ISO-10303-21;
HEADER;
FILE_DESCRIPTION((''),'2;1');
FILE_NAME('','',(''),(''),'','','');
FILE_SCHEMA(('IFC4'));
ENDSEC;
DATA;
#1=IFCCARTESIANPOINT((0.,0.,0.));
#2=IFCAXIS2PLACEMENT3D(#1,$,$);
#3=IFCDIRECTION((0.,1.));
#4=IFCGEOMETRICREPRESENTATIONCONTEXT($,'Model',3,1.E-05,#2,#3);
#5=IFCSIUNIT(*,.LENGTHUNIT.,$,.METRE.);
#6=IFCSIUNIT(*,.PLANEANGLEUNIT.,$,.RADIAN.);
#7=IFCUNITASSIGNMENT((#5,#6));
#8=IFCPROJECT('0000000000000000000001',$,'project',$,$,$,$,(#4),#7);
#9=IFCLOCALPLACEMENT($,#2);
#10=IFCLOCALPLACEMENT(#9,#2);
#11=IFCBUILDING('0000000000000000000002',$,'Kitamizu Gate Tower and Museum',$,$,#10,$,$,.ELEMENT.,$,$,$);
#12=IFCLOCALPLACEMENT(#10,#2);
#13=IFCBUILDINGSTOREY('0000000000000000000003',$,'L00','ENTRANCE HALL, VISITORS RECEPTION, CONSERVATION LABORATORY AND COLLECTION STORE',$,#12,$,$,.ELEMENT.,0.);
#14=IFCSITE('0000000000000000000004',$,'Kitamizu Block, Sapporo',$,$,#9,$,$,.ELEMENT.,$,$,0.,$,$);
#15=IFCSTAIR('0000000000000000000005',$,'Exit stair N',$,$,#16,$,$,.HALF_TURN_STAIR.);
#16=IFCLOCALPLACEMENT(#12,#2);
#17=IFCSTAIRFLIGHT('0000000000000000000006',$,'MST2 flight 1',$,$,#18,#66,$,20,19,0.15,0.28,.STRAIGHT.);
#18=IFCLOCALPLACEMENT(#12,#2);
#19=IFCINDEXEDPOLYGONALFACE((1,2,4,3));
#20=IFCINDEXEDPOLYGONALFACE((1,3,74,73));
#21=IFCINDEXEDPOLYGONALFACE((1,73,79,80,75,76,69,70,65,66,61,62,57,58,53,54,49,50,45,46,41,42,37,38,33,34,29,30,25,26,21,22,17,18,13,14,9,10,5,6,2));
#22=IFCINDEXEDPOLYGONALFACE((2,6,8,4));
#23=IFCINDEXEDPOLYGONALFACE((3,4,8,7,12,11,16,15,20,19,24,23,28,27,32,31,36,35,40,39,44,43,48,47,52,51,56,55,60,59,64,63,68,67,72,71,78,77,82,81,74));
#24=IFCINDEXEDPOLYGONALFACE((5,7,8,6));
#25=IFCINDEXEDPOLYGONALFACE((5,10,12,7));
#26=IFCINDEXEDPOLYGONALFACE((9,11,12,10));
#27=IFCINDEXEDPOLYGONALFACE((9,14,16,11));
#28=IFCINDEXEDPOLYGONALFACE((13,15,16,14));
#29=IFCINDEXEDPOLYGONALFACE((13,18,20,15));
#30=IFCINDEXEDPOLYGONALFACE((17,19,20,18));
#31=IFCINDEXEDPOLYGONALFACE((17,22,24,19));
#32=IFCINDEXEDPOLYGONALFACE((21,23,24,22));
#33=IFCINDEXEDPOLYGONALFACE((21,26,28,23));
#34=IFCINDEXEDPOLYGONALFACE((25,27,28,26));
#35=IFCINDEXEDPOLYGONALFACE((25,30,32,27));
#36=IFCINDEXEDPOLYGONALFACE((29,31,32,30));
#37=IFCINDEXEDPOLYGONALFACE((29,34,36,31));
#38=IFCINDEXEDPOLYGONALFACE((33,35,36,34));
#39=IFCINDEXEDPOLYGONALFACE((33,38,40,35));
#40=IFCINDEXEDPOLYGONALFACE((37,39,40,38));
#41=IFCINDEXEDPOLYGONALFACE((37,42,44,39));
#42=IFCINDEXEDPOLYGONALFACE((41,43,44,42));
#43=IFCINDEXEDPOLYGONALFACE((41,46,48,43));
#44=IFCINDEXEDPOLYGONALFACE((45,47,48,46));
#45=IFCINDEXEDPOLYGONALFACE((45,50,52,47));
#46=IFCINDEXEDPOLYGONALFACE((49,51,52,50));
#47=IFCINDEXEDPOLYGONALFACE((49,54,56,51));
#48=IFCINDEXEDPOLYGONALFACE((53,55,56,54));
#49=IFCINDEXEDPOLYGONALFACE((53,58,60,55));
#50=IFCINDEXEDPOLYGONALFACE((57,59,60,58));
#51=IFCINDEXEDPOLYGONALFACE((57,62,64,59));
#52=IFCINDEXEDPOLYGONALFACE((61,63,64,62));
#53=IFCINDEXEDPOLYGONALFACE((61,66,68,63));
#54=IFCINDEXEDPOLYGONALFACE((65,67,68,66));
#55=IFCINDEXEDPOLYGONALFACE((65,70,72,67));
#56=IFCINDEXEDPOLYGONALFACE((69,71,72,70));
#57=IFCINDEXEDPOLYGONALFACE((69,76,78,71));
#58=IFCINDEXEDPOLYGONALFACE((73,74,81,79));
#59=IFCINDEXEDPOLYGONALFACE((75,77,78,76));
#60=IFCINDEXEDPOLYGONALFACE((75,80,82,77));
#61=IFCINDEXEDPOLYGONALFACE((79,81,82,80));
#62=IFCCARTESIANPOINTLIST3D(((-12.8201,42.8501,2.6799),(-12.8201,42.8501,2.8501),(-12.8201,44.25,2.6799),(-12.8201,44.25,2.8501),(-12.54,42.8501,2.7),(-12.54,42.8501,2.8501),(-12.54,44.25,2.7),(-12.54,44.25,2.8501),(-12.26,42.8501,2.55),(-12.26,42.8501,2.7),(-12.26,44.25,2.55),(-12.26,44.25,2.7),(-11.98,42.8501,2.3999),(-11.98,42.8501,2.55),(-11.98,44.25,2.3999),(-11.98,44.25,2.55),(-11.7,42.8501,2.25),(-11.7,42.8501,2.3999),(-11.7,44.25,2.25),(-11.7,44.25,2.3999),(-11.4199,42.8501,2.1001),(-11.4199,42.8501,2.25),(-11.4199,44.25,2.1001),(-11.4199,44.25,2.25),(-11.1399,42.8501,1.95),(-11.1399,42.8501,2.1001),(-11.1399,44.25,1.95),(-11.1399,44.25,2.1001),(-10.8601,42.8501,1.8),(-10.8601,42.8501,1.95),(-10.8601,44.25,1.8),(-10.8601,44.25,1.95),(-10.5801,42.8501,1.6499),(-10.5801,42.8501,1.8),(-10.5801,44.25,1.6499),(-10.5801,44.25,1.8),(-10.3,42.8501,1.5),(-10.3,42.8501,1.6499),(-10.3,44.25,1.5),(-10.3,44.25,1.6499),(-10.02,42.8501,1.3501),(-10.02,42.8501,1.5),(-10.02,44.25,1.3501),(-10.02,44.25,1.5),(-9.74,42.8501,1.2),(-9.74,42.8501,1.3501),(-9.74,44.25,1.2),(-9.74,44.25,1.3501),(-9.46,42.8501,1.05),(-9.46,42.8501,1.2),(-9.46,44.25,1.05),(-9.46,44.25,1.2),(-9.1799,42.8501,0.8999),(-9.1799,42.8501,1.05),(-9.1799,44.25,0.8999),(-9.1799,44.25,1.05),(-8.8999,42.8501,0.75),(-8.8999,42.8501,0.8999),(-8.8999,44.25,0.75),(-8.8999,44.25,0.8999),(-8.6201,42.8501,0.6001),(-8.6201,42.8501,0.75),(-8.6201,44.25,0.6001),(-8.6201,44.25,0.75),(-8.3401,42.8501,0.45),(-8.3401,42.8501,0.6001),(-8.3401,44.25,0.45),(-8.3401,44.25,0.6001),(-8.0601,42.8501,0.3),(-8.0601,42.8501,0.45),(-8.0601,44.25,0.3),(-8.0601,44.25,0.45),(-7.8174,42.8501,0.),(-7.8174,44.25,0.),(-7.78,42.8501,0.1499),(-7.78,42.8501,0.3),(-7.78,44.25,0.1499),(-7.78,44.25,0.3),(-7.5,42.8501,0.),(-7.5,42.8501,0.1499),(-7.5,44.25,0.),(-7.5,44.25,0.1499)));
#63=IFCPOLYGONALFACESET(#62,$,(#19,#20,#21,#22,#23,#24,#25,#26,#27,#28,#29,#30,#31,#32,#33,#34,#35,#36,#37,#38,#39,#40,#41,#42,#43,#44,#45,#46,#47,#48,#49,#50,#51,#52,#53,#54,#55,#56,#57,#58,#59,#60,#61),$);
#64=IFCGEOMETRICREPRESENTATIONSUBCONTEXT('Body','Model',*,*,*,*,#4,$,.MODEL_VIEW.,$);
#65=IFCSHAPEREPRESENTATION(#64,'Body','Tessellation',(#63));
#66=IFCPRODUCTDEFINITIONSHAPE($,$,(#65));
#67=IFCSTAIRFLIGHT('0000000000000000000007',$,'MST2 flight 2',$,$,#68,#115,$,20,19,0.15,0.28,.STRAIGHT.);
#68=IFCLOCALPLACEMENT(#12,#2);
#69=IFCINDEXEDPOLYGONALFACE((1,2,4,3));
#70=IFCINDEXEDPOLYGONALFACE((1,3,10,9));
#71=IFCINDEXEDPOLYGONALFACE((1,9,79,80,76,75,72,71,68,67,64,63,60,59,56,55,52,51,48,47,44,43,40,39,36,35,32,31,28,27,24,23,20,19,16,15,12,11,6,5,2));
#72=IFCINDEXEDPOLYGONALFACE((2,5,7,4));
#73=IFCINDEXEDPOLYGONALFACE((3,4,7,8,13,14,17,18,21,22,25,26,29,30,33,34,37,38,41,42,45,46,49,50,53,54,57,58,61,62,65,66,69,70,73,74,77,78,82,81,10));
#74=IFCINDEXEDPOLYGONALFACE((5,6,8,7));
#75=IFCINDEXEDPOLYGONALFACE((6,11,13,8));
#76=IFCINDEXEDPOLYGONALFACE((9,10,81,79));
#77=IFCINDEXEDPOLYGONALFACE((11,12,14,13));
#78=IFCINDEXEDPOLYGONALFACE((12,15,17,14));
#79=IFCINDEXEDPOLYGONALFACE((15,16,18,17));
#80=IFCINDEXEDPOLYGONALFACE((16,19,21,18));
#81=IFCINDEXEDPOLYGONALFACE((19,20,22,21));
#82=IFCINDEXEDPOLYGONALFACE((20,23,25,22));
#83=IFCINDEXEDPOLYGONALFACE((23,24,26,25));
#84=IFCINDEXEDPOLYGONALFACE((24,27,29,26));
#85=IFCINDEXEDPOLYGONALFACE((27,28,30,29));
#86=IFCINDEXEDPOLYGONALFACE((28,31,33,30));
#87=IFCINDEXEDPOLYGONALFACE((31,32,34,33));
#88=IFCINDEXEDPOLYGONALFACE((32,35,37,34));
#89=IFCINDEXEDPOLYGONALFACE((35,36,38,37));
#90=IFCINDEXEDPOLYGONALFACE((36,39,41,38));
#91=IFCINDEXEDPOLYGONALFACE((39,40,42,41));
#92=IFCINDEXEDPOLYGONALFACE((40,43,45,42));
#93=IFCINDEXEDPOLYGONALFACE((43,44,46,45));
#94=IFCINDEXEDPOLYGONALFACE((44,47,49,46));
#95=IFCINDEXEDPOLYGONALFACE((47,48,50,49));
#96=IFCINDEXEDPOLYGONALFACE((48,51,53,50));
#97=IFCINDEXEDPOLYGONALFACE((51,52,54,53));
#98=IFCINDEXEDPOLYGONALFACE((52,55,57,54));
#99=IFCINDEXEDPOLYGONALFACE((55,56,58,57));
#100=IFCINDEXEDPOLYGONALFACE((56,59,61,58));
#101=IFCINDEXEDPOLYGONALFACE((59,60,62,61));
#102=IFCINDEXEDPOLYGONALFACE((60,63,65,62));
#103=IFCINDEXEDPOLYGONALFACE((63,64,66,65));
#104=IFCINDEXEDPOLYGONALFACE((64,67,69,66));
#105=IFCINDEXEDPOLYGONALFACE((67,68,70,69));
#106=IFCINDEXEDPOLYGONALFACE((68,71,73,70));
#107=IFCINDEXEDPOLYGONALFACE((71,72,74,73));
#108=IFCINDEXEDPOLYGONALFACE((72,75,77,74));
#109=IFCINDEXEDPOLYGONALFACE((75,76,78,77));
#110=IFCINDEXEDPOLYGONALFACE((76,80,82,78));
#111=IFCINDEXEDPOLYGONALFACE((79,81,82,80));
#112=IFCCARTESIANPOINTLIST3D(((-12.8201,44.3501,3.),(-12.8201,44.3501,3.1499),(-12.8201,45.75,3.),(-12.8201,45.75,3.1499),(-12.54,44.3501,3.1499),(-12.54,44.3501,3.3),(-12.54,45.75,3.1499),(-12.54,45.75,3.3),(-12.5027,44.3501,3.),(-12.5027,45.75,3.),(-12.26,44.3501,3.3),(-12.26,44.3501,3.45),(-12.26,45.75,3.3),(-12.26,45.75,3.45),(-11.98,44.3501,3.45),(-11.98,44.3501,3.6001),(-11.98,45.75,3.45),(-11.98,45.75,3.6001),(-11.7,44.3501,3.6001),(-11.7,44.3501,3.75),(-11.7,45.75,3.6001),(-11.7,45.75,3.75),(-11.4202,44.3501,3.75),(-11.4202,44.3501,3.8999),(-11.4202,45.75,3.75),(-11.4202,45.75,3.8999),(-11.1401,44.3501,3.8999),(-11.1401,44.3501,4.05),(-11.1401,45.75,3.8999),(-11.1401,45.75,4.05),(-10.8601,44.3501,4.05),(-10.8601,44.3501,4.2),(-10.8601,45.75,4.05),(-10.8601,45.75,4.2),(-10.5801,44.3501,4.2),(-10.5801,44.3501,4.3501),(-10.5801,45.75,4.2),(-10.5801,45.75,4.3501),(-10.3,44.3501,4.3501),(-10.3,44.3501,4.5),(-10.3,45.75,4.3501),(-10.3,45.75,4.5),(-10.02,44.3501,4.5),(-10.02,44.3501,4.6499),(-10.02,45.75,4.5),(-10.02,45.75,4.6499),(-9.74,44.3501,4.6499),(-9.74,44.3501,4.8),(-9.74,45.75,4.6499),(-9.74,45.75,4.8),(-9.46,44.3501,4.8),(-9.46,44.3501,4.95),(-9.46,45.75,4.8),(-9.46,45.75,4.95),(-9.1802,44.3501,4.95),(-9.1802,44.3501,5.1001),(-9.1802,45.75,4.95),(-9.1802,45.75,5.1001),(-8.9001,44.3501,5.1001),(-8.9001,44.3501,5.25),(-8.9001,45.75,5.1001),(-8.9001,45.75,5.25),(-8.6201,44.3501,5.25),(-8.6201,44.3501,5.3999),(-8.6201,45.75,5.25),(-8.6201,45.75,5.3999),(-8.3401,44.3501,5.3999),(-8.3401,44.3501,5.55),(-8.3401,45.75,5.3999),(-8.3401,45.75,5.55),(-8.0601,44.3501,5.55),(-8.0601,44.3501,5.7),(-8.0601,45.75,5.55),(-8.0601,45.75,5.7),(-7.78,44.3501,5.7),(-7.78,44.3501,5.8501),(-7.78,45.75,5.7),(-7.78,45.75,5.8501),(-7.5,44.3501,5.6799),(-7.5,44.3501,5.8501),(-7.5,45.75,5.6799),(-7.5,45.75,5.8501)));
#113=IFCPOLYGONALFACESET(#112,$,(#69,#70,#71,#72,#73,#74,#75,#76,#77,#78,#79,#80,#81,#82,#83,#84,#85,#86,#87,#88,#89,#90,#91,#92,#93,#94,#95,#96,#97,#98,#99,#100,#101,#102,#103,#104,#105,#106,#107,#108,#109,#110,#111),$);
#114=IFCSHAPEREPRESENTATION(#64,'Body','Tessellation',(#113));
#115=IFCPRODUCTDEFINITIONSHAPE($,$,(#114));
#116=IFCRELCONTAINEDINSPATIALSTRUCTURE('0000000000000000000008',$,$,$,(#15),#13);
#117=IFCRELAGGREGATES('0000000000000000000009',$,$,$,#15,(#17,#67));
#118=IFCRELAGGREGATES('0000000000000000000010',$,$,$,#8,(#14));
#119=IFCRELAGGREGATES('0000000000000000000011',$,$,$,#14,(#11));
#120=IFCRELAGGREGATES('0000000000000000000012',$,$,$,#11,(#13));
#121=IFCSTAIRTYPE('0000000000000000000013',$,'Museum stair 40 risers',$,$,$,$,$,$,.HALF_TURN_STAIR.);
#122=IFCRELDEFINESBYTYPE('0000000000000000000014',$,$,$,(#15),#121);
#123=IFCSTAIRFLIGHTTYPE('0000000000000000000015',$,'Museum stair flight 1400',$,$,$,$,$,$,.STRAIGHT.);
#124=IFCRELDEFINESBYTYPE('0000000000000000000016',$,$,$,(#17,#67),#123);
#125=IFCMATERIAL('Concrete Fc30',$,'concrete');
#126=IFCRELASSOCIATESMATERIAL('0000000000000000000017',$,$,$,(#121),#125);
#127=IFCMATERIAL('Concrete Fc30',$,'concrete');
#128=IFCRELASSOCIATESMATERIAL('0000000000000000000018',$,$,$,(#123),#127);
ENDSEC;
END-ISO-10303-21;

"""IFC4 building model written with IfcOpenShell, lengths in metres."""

from ifc_helpers import new_model, si_unit, direction, frame, origin, place, context, subcontext, project, spatial, polyline, outline, extrude, material, type_object, element, aggregate, save


model = new_model("IFC4")

# Units and contexts
model_context = context("Model", 3, precision=1e-05, world=origin(), true_north=direction((0.0, 1.0)))
body_context = subcontext(model_context, "Body", "Model", "MODEL_VIEW")
ifc_project = project(units=[si_unit("LENGTHUNIT", "METRE"), si_unit("PLANEANGLEUNIT", "RADIAN")], contexts=[model_context])

# Site, building, storey
site_placement = place(None, origin())
site = spatial("IfcSite", under=ifc_project, at=site_placement, Name="Kitamizu Block, Sapporo", CompositionType="ELEMENT", RefElevation=0.0)
building_placement = place(site_placement, origin())
building = spatial("IfcBuilding", under=site, at=building_placement, Name="Kitamizu Gate Tower and Museum", CompositionType="ELEMENT")
storey_placement = place(building_placement, origin())
storey = spatial("IfcBuildingStorey", under=building, at=storey_placement, Name="L00", Description="ENTRANCE HALL, VISITORS RECEPTION, CONSERVATION LABORATORY AND COLLECTION STORE", CompositionType="ELEMENT", Elevation=0.0)

# Stair, stair flights
ifc_material_1 = material(Name="Concrete Fc30", Category="concrete")
stair_type = type_object("IfcStairType", Name="Museum stair 40 risers", PredefinedType="HALF_TURN_STAIR", material=ifc_material_1)
stair_placement = place(storey_placement, origin())
stair = element("IfcStair", 1, at=stair_placement, inside=storey, type_object=stair_type, Name="Exit stair N", PredefinedType="HALF_TURN_STAIR")
ifc_material_2 = material(Name="Concrete Fc30", Category="concrete")
stair_flight_type = type_object("IfcStairFlightType", Name="Museum stair flight 1400", PredefinedType="STRAIGHT", material=ifc_material_2)
stair_flight_1_placement = place(storey_placement, frame((-7.5, 43.55, 0.0), z_axis=(0.0, 0.0, 1.0), x_axis=(-1.0, 0.0, 0.0)))
stair_flight_1 = element("IfcStairFlight", 2, at=stair_flight_1_placement, type_object=stair_flight_type, Name="MST2 flight 1", NumberOfRisers=20, NumberOfTreads=19, PredefinedType="STRAIGHT", RiserHeight=0.15, TreadLength=0.28, context=body_context, shape_type="SweptSolid", body=[
    extrude(outline(polyline([(0.0, 0.0), (0.0, 0.1499), (0.28, 0.1499), (0.28, 0.3), (0.5601, 0.3), (0.5601, 0.45), (0.8401, 0.45), (0.8401, 0.6001), (1.1201, 0.6001), (1.1201, 0.75), (1.3999, 0.75), (1.3999, 0.8999), (1.6799, 0.8999), (1.6799, 1.05), (1.96, 1.05), (1.96, 1.2), (2.24, 1.2), (2.24, 1.3501), (2.52, 1.3501), (2.52, 1.5), (2.8, 1.5), (2.8, 1.6499), (3.0801, 1.6499), (3.0801, 1.8), (3.3601, 1.8), (3.3601, 1.95), (3.6399, 1.95), (3.6399, 2.1001), (3.9199, 2.1001), (3.9199, 2.25), (4.2, 2.25), (4.2, 2.3999), (4.48, 2.3999), (4.48, 2.55), (4.76, 2.55), (4.76, 2.7), (5.04, 2.7), (5.04, 2.8501), (5.3201, 2.8501), (5.3201, 3.0), (5.3201, 2.6799), (0.3174, 0.0), (0.0, 0.0)])), frame((0.0, 0.7, 0.0), z_axis=(0.0, -1.0, 0.0), x_axis=(1.0, 0.0, 0.0)), (0.0, 0.0, 1.0), 1.3999),
])
stair_flight_2_placement = place(storey_placement, frame((-12.8201, 45.05, 3.0), z_axis=(0.0, 0.0, 1.0), x_axis=(1.0, 0.0, 0.0)))
stair_flight_2 = element("IfcStairFlight", 3, at=stair_flight_2_placement, type_object=stair_flight_type, Name="MST2 flight 2", NumberOfRisers=20, NumberOfTreads=19, PredefinedType="STRAIGHT", RiserHeight=0.15, TreadLength=0.28, context=body_context, shape_type="SweptSolid", body=[
    extrude(outline(polyline([(0.0, 0.0), (0.0, 0.1499), (0.28, 0.1499), (0.28, 0.3), (0.5601, 0.3), (0.5601, 0.45), (0.8401, 0.45), (0.8401, 0.6001), (1.1201, 0.6001), (1.1201, 0.75), (1.3999, 0.75), (1.3999, 0.8999), (1.6799, 0.8999), (1.6799, 1.05), (1.96, 1.05), (1.96, 1.2), (2.24, 1.2), (2.24, 1.3501), (2.52, 1.3501), (2.52, 1.5), (2.8, 1.5), (2.8, 1.6499), (3.0801, 1.6499), (3.0801, 1.8), (3.3601, 1.8), (3.3601, 1.95), (3.6399, 1.95), (3.6399, 2.1001), (3.9199, 2.1001), (3.9199, 2.25), (4.2, 2.25), (4.2, 2.3999), (4.48, 2.3999), (4.48, 2.55), (4.76, 2.55), (4.76, 2.7), (5.04, 2.7), (5.04, 2.8501), (5.3201, 2.8501), (5.3201, 3.0), (5.3201, 2.6799), (0.3174, 0.0), (0.0, 0.0)])), frame((0.0, 0.7, 0.0), z_axis=(0.0, -1.0, 0.0), x_axis=(1.0, 0.0, 0.0)), (0.0, 0.0, 1.0), 1.3999),
])
aggregate(stair, [stair_flight_1, stair_flight_2])

save(model, "model.ifc")
